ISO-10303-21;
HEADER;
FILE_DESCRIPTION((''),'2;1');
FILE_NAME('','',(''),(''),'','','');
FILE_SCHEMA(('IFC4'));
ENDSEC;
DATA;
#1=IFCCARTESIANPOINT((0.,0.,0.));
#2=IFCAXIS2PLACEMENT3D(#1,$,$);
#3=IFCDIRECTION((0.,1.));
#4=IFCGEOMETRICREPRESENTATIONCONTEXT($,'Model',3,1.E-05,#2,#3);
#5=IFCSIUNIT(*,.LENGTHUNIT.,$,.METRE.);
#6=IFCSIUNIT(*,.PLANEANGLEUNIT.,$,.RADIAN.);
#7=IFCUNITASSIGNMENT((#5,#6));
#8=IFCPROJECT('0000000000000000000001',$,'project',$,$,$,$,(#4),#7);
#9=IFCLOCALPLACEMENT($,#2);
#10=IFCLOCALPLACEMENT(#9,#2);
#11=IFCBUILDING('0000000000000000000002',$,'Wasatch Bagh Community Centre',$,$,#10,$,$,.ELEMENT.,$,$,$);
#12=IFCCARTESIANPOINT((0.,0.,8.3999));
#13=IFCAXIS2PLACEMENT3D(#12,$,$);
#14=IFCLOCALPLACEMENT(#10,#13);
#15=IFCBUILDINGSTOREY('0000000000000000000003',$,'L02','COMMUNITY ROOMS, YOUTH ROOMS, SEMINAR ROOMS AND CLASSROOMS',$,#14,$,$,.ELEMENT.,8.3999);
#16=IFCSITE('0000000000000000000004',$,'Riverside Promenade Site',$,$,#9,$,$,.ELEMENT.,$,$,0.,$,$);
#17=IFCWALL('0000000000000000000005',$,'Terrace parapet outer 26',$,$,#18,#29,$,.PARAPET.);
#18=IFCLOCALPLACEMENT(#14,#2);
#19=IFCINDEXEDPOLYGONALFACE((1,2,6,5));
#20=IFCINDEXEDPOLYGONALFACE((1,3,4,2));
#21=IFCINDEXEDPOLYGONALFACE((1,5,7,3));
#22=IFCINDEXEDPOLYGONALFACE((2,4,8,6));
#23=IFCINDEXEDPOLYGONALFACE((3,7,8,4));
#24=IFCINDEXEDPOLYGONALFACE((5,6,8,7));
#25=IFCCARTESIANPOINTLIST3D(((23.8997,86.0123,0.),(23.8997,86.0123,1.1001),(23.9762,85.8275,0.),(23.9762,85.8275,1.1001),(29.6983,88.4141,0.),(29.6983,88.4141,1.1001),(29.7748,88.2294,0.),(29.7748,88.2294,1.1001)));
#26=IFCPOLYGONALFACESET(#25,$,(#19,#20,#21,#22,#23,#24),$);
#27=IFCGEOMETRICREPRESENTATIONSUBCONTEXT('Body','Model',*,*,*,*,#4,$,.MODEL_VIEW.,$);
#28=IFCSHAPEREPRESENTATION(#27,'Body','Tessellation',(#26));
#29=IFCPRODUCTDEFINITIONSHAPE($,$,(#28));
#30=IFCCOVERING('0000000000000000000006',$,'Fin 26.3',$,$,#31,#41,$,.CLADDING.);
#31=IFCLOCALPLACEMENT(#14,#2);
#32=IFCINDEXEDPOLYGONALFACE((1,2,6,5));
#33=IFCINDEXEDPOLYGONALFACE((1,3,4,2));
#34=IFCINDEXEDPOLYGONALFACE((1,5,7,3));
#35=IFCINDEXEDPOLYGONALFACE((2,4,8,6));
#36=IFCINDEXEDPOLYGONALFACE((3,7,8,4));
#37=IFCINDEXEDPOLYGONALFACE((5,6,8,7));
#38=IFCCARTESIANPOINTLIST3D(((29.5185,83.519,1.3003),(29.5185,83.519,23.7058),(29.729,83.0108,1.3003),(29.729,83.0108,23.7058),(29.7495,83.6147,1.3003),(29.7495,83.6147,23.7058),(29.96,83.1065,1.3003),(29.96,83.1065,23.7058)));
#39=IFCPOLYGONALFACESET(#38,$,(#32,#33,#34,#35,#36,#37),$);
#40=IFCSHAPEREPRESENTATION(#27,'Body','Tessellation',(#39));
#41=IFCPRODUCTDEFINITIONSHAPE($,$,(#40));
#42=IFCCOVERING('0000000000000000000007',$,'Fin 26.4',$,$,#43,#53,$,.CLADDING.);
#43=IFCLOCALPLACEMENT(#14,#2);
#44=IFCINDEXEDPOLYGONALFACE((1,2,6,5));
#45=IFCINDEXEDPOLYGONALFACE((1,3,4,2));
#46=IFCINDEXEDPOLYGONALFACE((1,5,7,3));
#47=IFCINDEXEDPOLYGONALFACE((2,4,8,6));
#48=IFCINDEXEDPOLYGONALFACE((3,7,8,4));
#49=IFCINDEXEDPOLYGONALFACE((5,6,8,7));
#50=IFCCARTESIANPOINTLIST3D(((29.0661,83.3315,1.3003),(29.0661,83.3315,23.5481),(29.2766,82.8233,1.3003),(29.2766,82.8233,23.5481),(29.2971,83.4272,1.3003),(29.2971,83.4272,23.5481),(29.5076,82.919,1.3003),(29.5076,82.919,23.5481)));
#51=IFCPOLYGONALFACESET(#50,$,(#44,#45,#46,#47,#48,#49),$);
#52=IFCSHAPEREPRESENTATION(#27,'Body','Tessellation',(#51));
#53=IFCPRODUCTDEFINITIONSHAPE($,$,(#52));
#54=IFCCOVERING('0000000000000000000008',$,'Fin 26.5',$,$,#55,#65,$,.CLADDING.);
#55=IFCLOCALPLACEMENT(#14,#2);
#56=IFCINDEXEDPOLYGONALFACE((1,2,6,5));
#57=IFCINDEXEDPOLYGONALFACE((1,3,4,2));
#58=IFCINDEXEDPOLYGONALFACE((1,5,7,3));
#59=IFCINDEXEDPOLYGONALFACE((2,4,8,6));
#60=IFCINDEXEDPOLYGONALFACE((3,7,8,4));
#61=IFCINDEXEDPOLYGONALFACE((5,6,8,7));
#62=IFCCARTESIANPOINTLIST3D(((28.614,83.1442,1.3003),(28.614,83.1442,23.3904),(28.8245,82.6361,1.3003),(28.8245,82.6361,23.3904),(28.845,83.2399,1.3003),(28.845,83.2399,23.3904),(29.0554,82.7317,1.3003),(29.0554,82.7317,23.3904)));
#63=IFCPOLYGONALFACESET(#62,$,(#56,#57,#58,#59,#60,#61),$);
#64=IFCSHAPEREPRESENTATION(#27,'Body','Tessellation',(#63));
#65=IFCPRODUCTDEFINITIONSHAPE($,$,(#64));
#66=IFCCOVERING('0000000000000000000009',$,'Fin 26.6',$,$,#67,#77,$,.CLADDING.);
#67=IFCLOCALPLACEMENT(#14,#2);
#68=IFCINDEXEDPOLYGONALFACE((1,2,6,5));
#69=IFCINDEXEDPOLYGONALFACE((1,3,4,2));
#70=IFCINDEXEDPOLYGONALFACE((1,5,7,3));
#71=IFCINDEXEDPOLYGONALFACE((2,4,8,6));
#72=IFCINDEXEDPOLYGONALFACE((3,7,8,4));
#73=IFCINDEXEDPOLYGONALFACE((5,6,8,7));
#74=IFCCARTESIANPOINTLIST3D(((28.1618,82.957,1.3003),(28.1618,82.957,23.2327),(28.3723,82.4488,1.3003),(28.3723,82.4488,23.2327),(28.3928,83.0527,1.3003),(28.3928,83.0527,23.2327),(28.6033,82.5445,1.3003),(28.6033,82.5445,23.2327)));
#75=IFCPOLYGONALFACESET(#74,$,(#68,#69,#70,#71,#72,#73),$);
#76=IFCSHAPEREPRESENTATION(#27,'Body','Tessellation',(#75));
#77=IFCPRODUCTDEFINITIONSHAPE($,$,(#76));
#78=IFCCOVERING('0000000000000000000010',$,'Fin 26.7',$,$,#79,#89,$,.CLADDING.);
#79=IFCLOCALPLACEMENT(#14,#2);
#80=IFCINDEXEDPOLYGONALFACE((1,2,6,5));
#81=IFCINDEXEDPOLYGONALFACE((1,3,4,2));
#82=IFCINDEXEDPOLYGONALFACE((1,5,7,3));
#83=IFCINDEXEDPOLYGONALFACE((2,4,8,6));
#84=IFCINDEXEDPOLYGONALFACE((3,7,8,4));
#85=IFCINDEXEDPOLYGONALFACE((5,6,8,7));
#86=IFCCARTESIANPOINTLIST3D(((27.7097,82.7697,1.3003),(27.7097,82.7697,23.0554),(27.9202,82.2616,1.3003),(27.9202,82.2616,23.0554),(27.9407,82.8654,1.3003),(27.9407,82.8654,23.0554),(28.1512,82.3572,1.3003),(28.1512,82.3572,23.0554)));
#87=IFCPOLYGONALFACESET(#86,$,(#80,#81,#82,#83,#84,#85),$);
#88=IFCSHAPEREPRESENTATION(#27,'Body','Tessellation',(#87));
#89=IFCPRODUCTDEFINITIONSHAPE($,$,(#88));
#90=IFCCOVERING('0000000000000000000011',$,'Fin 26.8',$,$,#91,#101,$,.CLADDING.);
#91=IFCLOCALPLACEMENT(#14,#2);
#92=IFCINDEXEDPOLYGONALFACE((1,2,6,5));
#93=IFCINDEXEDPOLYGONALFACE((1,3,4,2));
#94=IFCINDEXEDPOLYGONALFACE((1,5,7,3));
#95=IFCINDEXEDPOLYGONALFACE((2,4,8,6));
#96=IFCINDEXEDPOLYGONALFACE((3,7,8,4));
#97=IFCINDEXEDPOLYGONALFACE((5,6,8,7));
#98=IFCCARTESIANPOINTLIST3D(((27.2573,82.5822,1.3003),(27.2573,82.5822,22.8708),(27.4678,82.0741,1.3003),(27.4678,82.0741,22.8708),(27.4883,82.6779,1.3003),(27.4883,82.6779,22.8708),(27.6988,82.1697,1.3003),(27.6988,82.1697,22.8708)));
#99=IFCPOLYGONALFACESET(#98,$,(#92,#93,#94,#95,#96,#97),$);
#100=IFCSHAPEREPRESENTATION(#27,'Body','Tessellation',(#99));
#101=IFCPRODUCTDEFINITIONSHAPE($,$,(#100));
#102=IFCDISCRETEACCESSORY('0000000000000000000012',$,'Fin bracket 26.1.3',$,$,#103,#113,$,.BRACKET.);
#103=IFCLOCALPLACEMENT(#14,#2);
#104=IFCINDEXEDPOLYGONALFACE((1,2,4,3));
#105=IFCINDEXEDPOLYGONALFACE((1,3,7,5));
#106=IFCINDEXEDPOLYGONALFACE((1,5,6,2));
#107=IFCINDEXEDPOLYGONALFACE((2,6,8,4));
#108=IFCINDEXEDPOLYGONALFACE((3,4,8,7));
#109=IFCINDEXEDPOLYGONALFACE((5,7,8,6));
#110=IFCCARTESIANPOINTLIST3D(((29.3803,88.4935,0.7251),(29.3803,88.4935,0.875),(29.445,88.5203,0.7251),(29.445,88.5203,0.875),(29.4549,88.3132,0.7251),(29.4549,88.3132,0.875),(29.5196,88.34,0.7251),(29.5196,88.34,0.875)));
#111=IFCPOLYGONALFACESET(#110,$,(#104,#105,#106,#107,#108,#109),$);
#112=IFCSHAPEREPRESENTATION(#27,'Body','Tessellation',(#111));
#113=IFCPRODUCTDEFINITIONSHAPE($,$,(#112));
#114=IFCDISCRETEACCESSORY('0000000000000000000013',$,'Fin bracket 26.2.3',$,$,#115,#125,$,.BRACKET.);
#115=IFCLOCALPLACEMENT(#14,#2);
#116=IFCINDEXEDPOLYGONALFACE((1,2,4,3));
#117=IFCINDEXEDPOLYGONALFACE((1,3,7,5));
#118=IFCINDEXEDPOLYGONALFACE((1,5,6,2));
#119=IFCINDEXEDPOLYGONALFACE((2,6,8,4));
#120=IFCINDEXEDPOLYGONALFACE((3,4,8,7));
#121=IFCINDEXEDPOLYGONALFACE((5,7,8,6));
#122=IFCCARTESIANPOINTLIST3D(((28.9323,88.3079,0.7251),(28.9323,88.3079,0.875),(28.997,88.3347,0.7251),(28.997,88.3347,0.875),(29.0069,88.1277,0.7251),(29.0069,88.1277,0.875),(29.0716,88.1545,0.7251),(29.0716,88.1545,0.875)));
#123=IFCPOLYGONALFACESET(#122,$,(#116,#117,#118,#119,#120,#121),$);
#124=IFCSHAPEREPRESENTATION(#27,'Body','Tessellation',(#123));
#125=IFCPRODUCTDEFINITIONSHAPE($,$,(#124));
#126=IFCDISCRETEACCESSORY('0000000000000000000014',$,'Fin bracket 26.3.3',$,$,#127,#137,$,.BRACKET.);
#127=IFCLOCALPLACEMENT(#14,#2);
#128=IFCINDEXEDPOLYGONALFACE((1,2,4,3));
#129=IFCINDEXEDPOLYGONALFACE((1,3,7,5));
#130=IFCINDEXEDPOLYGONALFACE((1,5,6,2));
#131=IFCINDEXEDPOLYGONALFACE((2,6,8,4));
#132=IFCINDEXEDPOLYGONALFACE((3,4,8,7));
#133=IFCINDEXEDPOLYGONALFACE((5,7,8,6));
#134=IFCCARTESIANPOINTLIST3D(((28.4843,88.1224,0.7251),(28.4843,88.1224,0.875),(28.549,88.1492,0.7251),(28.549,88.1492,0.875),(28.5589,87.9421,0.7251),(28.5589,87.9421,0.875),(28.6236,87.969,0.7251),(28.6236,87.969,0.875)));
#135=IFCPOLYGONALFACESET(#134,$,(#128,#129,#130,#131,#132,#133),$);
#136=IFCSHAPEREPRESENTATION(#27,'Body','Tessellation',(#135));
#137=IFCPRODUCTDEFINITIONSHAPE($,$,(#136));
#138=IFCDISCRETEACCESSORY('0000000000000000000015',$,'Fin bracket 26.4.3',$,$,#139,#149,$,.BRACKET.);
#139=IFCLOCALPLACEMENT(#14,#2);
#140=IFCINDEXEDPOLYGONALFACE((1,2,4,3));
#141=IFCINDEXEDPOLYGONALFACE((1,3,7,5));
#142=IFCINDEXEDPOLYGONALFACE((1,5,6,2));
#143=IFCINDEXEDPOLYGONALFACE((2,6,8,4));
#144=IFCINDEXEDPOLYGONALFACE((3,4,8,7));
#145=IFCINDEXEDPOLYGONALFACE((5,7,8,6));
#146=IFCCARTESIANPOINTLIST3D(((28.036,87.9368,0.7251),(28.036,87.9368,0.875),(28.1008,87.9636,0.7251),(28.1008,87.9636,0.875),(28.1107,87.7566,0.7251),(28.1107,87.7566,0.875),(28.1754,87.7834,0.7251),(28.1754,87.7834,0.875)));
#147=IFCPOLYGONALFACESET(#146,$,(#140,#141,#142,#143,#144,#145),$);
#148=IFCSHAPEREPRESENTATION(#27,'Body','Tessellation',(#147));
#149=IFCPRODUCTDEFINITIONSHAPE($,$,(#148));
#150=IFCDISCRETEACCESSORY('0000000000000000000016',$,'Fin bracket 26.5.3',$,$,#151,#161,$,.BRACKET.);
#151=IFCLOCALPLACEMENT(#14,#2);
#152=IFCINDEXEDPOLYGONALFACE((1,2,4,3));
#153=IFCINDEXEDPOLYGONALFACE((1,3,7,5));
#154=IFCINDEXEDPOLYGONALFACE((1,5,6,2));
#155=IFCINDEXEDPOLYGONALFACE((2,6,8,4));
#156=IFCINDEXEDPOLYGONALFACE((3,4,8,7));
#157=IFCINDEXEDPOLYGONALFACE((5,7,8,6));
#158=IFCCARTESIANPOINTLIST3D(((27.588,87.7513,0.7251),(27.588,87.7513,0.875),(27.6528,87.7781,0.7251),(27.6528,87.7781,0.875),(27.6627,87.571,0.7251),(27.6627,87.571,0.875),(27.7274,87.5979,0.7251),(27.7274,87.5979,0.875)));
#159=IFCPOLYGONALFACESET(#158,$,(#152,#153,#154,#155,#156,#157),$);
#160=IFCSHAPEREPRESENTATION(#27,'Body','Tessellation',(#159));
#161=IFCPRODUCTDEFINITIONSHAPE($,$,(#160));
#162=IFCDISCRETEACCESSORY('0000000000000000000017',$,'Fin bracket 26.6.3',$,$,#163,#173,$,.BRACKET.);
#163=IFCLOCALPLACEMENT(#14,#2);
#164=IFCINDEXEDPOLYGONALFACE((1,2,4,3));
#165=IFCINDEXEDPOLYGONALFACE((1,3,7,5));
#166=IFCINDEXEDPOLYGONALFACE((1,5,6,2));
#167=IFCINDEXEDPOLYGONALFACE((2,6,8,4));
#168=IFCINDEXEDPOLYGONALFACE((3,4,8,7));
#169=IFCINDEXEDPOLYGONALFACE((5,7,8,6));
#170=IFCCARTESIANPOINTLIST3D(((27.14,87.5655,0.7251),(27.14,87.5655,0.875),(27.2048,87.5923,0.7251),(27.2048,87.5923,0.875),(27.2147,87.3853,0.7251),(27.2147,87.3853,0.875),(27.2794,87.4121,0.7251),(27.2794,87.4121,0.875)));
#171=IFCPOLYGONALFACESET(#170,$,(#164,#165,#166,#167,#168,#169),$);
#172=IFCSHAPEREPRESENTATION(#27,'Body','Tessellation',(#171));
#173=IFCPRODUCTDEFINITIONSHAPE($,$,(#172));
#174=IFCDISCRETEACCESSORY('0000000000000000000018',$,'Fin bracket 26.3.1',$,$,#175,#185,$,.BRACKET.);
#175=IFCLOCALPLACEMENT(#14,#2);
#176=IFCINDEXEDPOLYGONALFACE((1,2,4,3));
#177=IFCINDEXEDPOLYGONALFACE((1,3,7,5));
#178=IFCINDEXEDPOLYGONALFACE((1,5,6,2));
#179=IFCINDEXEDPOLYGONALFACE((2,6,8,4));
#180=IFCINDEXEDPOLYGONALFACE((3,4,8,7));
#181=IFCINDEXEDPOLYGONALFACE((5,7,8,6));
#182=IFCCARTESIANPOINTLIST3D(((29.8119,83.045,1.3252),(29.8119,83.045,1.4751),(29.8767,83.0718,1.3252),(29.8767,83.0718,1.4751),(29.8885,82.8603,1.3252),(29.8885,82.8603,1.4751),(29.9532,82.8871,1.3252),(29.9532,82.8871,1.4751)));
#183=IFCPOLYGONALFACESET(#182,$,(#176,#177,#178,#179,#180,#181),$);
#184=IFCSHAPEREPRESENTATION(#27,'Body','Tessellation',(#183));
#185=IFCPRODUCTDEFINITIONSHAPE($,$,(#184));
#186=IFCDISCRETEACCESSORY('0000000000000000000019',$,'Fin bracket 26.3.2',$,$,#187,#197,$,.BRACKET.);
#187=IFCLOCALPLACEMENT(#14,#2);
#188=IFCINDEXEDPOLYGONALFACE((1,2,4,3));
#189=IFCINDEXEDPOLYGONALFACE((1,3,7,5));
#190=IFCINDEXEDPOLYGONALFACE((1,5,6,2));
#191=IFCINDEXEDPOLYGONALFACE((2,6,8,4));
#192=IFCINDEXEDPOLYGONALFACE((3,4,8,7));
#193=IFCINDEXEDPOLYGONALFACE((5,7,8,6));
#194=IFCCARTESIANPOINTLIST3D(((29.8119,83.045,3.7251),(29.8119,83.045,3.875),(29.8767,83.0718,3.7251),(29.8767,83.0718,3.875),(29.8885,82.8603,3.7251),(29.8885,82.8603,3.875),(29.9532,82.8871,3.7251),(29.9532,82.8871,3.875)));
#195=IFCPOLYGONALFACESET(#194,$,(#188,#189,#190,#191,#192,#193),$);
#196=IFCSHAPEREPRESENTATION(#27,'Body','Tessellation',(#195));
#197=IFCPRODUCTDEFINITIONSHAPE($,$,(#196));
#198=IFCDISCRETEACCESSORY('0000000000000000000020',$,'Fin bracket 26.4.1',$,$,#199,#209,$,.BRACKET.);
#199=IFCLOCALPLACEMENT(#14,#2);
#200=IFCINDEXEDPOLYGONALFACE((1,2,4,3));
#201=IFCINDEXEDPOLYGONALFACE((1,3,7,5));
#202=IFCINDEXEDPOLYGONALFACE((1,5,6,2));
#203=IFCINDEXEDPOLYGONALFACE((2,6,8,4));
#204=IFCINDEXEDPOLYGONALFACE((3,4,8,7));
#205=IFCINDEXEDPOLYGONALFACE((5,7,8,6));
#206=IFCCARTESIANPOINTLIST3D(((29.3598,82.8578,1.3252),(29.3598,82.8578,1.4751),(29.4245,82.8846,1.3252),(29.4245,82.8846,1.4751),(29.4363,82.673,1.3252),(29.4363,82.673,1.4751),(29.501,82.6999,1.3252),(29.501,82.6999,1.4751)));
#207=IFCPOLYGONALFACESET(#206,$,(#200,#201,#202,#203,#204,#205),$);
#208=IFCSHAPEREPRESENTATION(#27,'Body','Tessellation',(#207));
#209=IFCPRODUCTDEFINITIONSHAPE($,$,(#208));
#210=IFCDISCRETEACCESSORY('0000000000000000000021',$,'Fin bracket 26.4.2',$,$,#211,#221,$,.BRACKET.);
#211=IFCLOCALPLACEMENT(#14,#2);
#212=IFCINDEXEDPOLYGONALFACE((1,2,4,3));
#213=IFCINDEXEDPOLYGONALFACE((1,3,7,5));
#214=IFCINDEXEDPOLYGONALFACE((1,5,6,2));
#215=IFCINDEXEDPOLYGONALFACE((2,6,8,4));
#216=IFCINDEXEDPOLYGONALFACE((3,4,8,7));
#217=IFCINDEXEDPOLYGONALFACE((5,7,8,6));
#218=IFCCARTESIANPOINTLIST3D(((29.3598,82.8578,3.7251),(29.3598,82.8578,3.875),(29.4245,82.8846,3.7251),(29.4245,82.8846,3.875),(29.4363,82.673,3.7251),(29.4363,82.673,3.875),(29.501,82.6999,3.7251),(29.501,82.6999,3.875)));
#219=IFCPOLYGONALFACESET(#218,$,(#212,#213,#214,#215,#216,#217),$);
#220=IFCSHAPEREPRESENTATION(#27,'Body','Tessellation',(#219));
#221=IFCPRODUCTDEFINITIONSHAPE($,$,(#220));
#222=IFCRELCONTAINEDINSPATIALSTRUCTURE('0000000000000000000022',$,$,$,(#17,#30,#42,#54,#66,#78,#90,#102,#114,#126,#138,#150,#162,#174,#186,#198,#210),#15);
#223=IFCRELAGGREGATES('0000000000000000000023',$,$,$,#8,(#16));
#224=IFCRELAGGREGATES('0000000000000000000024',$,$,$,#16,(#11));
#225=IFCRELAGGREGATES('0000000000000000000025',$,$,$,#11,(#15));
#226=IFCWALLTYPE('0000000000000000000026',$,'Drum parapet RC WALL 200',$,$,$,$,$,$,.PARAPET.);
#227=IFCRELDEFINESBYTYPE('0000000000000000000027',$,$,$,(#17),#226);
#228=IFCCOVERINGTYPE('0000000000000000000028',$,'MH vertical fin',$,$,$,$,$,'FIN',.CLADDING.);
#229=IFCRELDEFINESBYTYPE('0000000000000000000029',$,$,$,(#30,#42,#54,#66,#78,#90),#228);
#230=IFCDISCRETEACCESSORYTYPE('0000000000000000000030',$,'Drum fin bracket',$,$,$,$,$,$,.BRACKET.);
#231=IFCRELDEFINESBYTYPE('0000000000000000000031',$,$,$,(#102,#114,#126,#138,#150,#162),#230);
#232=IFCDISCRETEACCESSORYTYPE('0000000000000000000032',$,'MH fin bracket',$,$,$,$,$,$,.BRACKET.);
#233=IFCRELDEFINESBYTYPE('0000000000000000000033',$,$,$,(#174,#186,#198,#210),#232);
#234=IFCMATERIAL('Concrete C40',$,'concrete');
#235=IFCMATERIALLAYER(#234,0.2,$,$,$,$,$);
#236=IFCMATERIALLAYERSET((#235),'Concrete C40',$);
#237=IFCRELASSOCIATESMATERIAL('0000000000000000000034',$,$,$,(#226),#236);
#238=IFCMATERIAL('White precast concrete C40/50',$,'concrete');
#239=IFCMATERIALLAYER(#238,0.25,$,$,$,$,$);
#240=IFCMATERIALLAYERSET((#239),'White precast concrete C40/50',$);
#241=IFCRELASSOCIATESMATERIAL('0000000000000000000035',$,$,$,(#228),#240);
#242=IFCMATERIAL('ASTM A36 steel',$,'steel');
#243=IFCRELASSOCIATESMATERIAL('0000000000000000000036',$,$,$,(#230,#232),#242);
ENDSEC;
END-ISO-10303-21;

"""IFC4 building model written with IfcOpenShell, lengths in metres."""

from ifc_helpers import new_model, si_unit, direction, frame, frame_2d, origin, origin_2d, place, context, subcontext, project, spatial, rectangle, extrude, material, layer, layer_set, type_object, element, save


model = new_model("IFC4")

# Units and contexts
model_context = context("Model", 3, precision=1e-05, world=origin(), true_north=direction((0.0, 1.0)))
body_context = subcontext(model_context, "Body", "Model", "MODEL_VIEW")
ifc_project = project(units=[si_unit("LENGTHUNIT", "METRE"), si_unit("PLANEANGLEUNIT", "RADIAN")], contexts=[model_context])

# Site, building, storey
site_placement = place(None, origin())
site = spatial("IfcSite", under=ifc_project, at=site_placement, Name="Riverside Promenade Site", CompositionType="ELEMENT", RefElevation=0.0)
building_placement = place(site_placement, origin())
building = spatial("IfcBuilding", under=site, at=building_placement, Name="Wasatch Bagh Community Centre", CompositionType="ELEMENT")
storey_placement = place(building_placement, frame((0.0, 0.0, 8.3999)))
storey = spatial("IfcBuildingStorey", under=building, at=storey_placement, Name="L02", Description="COMMUNITY ROOMS, YOUTH ROOMS, SEMINAR ROOMS AND CLASSROOMS", CompositionType="ELEMENT", Elevation=8.3999)

# Wall
ifc_material_1 = material(Name="Concrete C40", Category="concrete")
ifc_layer_1 = layer(ifc_material_1, 0.2)
ifc_layer_set_1 = layer_set([ifc_layer_1], Name="Concrete C40")
wall_type = type_object("IfcWallType", Name="Drum parapet RC WALL 200", PredefinedType="PARAPET", material=ifc_layer_set_1)
wall_placement = place(storey_placement, frame((29.7366, 88.3218, 0.0), z_axis=(0.0, 0.0, 1.0), x_axis=(-0.923879, -0.382684, 0.0)))
element("IfcWall", 1, at=wall_placement, inside=storey, type_object=wall_type, Name="Terrace parapet outer 26", PredefinedType="PARAPET", context=body_context, shape_type="SweptSolid", body=[
    extrude(rectangle(XDim=6.2764, YDim=0.2, at=frame_2d((3.1382, 0.0))), origin(), (0.0, 0.0, 1.0), 1.1001),
])

# Coverings
ifc_material_2 = material(Name="White precast concrete C40/50", Category="concrete")
ifc_layer_2 = layer(ifc_material_2, 0.25)
ifc_layer_set_2 = layer_set([ifc_layer_2], Name="White precast concrete C40/50")
covering_type = type_object("IfcCoveringType", Name="MH vertical fin", ElementType="FIN", PredefinedType="CLADDING", material=ifc_layer_set_2)
covering_1_placement = place(storey_placement, frame((29.7393, 83.3127, 1.3003), z_axis=(0.0, 0.0, 1.0), x_axis=(-0.92388, -0.382683, 0.0)))
element("IfcCovering", 2, at=covering_1_placement, inside=storey, type_object=covering_type, Name="Fin 26.3", PredefinedType="CLADDING", context=body_context, shape_type="SweptSolid", body=[
    extrude(rectangle(XDim=0.25, YDim=0.55, at=origin_2d()), origin(), (0.0, 0.0, 1.0), 22.4055),
])
covering_2_placement = place(storey_placement, frame((29.2869, 83.1252, 1.3003), z_axis=(0.0, 0.0, 1.0), x_axis=(-0.92388, -0.382683, 0.0)))
element("IfcCovering", 3, at=covering_2_placement, inside=storey, type_object=covering_type, Name="Fin 26.4", PredefinedType="CLADDING", context=body_context, shape_type="SweptSolid", body=[
    extrude(rectangle(XDim=0.25, YDim=0.55, at=origin_2d()), origin(), (0.0, 0.0, 1.0), 22.2478),
])
covering_3_placement = place(storey_placement, frame((28.8347, 82.938, 1.3003), z_axis=(0.0, 0.0, 1.0), x_axis=(-0.92388, -0.382683, 0.0)))
element("IfcCovering", 4, at=covering_3_placement, inside=storey, type_object=covering_type, Name="Fin 26.5", PredefinedType="CLADDING", context=body_context, shape_type="SweptSolid", body=[
    extrude(rectangle(XDim=0.25, YDim=0.55, at=origin_2d()), origin(), (0.0, 0.0, 1.0), 22.0901),
])
covering_4_placement = place(storey_placement, frame((28.3826, 82.7507, 1.3003), z_axis=(0.0, 0.0, 1.0), x_axis=(-0.92388, -0.382683, 0.0)))
element("IfcCovering", 5, at=covering_4_placement, inside=storey, type_object=covering_type, Name="Fin 26.6", PredefinedType="CLADDING", context=body_context, shape_type="SweptSolid", body=[
    extrude(rectangle(XDim=0.25, YDim=0.55, at=origin_2d()), origin(), (0.0, 0.0, 1.0), 21.9324),
])
covering_5_placement = place(storey_placement, frame((27.9304, 82.5635, 1.3003), z_axis=(0.0, 0.0, 1.0), x_axis=(-0.92388, -0.382683, 0.0)))
element("IfcCovering", 6, at=covering_5_placement, inside=storey, type_object=covering_type, Name="Fin 26.7", PredefinedType="CLADDING", context=body_context, shape_type="SweptSolid", body=[
    extrude(rectangle(XDim=0.25, YDim=0.55, at=origin_2d()), origin(), (0.0, 0.0, 1.0), 21.7551),
])
covering_6_placement = place(storey_placement, frame((27.478, 82.376, 1.3003), z_axis=(0.0, 0.0, 1.0), x_axis=(-0.92388, -0.382683, 0.0)))
element("IfcCovering", 7, at=covering_6_placement, inside=storey, type_object=covering_type, Name="Fin 26.8", PredefinedType="CLADDING", context=body_context, shape_type="SweptSolid", body=[
    extrude(rectangle(XDim=0.25, YDim=0.55, at=origin_2d()), origin(), (0.0, 0.0, 1.0), 21.5706),
])

# Discrete accessories
ifc_material_3 = material(Name="ASTM A36 steel", Category="steel")
discrete_accessory_type_1 = type_object("IfcDiscreteAccessoryType", Name="Drum fin bracket", PredefinedType="BRACKET", material=ifc_material_3)
for number, where, z_axis, x_axis, name in (
    (8, (29.45, 88.4167, 0.7251), (0.0, 0.0, 1.0), (-0.92388, -0.382683, 0.0), "Fin bracket 26.1.3"),
    (9, (29.002, 88.2312, 0.7251), (0.0, 0.0, 1.0), (-0.92388, -0.382683, 0.0), "Fin bracket 26.2.3"),
    (10, (28.554, 88.0457, 0.7251), (0.0, 0.0, 1.0), (-0.92388, -0.382683, 0.0), "Fin bracket 26.3.3"),
    (11, (28.1057, 87.8601, 0.7251), (0.0, 0.0, 1.0), (-0.92388, -0.382683, 0.0), "Fin bracket 26.4.3"),
    (12, (27.6577, 87.6746, 0.7251), (0.0, 0.0, 1.0), (-0.92388, -0.382683, 0.0), "Fin bracket 26.5.3"),
    (13, (27.2097, 87.4888, 0.7251), (0.0, 0.0, 1.0), (-0.92388, -0.382683, 0.0), "Fin bracket 26.6.3"),
):
    element("IfcDiscreteAccessory", number, at=place(storey_placement, frame(where, z_axis=z_axis, x_axis=x_axis)), inside=storey, type_object=discrete_accessory_type_1, Name=name, PredefinedType="BRACKET", context=body_context, shape_type="SweptSolid", body=[
        extrude(rectangle(XDim=0.0701, YDim=0.1951, at=origin_2d()), origin(), (0.0, 0.0, 1.0), 0.1499),
    ])
discrete_accessory_type_2 = type_object("IfcDiscreteAccessoryType", Name="MH fin bracket", PredefinedType="BRACKET", material=ifc_material_3)
for number, where, z_axis, x_axis, name in (
    (14, (29.8826, 82.9661, 1.3252), (0.0, 0.0, 1.0), (-0.92388, -0.382683, 0.0), "Fin bracket 26.3.1"),
    (15, (29.8826, 82.9661, 3.7251), (0.0, 0.0, 1.0), (-0.92388, -0.382683, 0.0), "Fin bracket 26.3.2"),
    (16, (29.4304, 82.7788, 1.3252), (0.0, 0.0, 1.0), (-0.92388, -0.382683, 0.0), "Fin bracket 26.4.1"),
    (17, (29.4304, 82.7788, 3.7251), (0.0, 0.0, 1.0), (-0.92388, -0.382683, 0.0), "Fin bracket 26.4.2"),
):
    element("IfcDiscreteAccessory", number, at=place(storey_placement, frame(where, z_axis=z_axis, x_axis=x_axis)), inside=storey, type_object=discrete_accessory_type_2, Name=name, PredefinedType="BRACKET", context=body_context, shape_type="SweptSolid", body=[
        extrude(rectangle(XDim=0.0701, YDim=0.2, at=origin_2d()), origin(), (0.0, 0.0, 1.0), 0.1499),
    ])

save(model, "model.ifc")
